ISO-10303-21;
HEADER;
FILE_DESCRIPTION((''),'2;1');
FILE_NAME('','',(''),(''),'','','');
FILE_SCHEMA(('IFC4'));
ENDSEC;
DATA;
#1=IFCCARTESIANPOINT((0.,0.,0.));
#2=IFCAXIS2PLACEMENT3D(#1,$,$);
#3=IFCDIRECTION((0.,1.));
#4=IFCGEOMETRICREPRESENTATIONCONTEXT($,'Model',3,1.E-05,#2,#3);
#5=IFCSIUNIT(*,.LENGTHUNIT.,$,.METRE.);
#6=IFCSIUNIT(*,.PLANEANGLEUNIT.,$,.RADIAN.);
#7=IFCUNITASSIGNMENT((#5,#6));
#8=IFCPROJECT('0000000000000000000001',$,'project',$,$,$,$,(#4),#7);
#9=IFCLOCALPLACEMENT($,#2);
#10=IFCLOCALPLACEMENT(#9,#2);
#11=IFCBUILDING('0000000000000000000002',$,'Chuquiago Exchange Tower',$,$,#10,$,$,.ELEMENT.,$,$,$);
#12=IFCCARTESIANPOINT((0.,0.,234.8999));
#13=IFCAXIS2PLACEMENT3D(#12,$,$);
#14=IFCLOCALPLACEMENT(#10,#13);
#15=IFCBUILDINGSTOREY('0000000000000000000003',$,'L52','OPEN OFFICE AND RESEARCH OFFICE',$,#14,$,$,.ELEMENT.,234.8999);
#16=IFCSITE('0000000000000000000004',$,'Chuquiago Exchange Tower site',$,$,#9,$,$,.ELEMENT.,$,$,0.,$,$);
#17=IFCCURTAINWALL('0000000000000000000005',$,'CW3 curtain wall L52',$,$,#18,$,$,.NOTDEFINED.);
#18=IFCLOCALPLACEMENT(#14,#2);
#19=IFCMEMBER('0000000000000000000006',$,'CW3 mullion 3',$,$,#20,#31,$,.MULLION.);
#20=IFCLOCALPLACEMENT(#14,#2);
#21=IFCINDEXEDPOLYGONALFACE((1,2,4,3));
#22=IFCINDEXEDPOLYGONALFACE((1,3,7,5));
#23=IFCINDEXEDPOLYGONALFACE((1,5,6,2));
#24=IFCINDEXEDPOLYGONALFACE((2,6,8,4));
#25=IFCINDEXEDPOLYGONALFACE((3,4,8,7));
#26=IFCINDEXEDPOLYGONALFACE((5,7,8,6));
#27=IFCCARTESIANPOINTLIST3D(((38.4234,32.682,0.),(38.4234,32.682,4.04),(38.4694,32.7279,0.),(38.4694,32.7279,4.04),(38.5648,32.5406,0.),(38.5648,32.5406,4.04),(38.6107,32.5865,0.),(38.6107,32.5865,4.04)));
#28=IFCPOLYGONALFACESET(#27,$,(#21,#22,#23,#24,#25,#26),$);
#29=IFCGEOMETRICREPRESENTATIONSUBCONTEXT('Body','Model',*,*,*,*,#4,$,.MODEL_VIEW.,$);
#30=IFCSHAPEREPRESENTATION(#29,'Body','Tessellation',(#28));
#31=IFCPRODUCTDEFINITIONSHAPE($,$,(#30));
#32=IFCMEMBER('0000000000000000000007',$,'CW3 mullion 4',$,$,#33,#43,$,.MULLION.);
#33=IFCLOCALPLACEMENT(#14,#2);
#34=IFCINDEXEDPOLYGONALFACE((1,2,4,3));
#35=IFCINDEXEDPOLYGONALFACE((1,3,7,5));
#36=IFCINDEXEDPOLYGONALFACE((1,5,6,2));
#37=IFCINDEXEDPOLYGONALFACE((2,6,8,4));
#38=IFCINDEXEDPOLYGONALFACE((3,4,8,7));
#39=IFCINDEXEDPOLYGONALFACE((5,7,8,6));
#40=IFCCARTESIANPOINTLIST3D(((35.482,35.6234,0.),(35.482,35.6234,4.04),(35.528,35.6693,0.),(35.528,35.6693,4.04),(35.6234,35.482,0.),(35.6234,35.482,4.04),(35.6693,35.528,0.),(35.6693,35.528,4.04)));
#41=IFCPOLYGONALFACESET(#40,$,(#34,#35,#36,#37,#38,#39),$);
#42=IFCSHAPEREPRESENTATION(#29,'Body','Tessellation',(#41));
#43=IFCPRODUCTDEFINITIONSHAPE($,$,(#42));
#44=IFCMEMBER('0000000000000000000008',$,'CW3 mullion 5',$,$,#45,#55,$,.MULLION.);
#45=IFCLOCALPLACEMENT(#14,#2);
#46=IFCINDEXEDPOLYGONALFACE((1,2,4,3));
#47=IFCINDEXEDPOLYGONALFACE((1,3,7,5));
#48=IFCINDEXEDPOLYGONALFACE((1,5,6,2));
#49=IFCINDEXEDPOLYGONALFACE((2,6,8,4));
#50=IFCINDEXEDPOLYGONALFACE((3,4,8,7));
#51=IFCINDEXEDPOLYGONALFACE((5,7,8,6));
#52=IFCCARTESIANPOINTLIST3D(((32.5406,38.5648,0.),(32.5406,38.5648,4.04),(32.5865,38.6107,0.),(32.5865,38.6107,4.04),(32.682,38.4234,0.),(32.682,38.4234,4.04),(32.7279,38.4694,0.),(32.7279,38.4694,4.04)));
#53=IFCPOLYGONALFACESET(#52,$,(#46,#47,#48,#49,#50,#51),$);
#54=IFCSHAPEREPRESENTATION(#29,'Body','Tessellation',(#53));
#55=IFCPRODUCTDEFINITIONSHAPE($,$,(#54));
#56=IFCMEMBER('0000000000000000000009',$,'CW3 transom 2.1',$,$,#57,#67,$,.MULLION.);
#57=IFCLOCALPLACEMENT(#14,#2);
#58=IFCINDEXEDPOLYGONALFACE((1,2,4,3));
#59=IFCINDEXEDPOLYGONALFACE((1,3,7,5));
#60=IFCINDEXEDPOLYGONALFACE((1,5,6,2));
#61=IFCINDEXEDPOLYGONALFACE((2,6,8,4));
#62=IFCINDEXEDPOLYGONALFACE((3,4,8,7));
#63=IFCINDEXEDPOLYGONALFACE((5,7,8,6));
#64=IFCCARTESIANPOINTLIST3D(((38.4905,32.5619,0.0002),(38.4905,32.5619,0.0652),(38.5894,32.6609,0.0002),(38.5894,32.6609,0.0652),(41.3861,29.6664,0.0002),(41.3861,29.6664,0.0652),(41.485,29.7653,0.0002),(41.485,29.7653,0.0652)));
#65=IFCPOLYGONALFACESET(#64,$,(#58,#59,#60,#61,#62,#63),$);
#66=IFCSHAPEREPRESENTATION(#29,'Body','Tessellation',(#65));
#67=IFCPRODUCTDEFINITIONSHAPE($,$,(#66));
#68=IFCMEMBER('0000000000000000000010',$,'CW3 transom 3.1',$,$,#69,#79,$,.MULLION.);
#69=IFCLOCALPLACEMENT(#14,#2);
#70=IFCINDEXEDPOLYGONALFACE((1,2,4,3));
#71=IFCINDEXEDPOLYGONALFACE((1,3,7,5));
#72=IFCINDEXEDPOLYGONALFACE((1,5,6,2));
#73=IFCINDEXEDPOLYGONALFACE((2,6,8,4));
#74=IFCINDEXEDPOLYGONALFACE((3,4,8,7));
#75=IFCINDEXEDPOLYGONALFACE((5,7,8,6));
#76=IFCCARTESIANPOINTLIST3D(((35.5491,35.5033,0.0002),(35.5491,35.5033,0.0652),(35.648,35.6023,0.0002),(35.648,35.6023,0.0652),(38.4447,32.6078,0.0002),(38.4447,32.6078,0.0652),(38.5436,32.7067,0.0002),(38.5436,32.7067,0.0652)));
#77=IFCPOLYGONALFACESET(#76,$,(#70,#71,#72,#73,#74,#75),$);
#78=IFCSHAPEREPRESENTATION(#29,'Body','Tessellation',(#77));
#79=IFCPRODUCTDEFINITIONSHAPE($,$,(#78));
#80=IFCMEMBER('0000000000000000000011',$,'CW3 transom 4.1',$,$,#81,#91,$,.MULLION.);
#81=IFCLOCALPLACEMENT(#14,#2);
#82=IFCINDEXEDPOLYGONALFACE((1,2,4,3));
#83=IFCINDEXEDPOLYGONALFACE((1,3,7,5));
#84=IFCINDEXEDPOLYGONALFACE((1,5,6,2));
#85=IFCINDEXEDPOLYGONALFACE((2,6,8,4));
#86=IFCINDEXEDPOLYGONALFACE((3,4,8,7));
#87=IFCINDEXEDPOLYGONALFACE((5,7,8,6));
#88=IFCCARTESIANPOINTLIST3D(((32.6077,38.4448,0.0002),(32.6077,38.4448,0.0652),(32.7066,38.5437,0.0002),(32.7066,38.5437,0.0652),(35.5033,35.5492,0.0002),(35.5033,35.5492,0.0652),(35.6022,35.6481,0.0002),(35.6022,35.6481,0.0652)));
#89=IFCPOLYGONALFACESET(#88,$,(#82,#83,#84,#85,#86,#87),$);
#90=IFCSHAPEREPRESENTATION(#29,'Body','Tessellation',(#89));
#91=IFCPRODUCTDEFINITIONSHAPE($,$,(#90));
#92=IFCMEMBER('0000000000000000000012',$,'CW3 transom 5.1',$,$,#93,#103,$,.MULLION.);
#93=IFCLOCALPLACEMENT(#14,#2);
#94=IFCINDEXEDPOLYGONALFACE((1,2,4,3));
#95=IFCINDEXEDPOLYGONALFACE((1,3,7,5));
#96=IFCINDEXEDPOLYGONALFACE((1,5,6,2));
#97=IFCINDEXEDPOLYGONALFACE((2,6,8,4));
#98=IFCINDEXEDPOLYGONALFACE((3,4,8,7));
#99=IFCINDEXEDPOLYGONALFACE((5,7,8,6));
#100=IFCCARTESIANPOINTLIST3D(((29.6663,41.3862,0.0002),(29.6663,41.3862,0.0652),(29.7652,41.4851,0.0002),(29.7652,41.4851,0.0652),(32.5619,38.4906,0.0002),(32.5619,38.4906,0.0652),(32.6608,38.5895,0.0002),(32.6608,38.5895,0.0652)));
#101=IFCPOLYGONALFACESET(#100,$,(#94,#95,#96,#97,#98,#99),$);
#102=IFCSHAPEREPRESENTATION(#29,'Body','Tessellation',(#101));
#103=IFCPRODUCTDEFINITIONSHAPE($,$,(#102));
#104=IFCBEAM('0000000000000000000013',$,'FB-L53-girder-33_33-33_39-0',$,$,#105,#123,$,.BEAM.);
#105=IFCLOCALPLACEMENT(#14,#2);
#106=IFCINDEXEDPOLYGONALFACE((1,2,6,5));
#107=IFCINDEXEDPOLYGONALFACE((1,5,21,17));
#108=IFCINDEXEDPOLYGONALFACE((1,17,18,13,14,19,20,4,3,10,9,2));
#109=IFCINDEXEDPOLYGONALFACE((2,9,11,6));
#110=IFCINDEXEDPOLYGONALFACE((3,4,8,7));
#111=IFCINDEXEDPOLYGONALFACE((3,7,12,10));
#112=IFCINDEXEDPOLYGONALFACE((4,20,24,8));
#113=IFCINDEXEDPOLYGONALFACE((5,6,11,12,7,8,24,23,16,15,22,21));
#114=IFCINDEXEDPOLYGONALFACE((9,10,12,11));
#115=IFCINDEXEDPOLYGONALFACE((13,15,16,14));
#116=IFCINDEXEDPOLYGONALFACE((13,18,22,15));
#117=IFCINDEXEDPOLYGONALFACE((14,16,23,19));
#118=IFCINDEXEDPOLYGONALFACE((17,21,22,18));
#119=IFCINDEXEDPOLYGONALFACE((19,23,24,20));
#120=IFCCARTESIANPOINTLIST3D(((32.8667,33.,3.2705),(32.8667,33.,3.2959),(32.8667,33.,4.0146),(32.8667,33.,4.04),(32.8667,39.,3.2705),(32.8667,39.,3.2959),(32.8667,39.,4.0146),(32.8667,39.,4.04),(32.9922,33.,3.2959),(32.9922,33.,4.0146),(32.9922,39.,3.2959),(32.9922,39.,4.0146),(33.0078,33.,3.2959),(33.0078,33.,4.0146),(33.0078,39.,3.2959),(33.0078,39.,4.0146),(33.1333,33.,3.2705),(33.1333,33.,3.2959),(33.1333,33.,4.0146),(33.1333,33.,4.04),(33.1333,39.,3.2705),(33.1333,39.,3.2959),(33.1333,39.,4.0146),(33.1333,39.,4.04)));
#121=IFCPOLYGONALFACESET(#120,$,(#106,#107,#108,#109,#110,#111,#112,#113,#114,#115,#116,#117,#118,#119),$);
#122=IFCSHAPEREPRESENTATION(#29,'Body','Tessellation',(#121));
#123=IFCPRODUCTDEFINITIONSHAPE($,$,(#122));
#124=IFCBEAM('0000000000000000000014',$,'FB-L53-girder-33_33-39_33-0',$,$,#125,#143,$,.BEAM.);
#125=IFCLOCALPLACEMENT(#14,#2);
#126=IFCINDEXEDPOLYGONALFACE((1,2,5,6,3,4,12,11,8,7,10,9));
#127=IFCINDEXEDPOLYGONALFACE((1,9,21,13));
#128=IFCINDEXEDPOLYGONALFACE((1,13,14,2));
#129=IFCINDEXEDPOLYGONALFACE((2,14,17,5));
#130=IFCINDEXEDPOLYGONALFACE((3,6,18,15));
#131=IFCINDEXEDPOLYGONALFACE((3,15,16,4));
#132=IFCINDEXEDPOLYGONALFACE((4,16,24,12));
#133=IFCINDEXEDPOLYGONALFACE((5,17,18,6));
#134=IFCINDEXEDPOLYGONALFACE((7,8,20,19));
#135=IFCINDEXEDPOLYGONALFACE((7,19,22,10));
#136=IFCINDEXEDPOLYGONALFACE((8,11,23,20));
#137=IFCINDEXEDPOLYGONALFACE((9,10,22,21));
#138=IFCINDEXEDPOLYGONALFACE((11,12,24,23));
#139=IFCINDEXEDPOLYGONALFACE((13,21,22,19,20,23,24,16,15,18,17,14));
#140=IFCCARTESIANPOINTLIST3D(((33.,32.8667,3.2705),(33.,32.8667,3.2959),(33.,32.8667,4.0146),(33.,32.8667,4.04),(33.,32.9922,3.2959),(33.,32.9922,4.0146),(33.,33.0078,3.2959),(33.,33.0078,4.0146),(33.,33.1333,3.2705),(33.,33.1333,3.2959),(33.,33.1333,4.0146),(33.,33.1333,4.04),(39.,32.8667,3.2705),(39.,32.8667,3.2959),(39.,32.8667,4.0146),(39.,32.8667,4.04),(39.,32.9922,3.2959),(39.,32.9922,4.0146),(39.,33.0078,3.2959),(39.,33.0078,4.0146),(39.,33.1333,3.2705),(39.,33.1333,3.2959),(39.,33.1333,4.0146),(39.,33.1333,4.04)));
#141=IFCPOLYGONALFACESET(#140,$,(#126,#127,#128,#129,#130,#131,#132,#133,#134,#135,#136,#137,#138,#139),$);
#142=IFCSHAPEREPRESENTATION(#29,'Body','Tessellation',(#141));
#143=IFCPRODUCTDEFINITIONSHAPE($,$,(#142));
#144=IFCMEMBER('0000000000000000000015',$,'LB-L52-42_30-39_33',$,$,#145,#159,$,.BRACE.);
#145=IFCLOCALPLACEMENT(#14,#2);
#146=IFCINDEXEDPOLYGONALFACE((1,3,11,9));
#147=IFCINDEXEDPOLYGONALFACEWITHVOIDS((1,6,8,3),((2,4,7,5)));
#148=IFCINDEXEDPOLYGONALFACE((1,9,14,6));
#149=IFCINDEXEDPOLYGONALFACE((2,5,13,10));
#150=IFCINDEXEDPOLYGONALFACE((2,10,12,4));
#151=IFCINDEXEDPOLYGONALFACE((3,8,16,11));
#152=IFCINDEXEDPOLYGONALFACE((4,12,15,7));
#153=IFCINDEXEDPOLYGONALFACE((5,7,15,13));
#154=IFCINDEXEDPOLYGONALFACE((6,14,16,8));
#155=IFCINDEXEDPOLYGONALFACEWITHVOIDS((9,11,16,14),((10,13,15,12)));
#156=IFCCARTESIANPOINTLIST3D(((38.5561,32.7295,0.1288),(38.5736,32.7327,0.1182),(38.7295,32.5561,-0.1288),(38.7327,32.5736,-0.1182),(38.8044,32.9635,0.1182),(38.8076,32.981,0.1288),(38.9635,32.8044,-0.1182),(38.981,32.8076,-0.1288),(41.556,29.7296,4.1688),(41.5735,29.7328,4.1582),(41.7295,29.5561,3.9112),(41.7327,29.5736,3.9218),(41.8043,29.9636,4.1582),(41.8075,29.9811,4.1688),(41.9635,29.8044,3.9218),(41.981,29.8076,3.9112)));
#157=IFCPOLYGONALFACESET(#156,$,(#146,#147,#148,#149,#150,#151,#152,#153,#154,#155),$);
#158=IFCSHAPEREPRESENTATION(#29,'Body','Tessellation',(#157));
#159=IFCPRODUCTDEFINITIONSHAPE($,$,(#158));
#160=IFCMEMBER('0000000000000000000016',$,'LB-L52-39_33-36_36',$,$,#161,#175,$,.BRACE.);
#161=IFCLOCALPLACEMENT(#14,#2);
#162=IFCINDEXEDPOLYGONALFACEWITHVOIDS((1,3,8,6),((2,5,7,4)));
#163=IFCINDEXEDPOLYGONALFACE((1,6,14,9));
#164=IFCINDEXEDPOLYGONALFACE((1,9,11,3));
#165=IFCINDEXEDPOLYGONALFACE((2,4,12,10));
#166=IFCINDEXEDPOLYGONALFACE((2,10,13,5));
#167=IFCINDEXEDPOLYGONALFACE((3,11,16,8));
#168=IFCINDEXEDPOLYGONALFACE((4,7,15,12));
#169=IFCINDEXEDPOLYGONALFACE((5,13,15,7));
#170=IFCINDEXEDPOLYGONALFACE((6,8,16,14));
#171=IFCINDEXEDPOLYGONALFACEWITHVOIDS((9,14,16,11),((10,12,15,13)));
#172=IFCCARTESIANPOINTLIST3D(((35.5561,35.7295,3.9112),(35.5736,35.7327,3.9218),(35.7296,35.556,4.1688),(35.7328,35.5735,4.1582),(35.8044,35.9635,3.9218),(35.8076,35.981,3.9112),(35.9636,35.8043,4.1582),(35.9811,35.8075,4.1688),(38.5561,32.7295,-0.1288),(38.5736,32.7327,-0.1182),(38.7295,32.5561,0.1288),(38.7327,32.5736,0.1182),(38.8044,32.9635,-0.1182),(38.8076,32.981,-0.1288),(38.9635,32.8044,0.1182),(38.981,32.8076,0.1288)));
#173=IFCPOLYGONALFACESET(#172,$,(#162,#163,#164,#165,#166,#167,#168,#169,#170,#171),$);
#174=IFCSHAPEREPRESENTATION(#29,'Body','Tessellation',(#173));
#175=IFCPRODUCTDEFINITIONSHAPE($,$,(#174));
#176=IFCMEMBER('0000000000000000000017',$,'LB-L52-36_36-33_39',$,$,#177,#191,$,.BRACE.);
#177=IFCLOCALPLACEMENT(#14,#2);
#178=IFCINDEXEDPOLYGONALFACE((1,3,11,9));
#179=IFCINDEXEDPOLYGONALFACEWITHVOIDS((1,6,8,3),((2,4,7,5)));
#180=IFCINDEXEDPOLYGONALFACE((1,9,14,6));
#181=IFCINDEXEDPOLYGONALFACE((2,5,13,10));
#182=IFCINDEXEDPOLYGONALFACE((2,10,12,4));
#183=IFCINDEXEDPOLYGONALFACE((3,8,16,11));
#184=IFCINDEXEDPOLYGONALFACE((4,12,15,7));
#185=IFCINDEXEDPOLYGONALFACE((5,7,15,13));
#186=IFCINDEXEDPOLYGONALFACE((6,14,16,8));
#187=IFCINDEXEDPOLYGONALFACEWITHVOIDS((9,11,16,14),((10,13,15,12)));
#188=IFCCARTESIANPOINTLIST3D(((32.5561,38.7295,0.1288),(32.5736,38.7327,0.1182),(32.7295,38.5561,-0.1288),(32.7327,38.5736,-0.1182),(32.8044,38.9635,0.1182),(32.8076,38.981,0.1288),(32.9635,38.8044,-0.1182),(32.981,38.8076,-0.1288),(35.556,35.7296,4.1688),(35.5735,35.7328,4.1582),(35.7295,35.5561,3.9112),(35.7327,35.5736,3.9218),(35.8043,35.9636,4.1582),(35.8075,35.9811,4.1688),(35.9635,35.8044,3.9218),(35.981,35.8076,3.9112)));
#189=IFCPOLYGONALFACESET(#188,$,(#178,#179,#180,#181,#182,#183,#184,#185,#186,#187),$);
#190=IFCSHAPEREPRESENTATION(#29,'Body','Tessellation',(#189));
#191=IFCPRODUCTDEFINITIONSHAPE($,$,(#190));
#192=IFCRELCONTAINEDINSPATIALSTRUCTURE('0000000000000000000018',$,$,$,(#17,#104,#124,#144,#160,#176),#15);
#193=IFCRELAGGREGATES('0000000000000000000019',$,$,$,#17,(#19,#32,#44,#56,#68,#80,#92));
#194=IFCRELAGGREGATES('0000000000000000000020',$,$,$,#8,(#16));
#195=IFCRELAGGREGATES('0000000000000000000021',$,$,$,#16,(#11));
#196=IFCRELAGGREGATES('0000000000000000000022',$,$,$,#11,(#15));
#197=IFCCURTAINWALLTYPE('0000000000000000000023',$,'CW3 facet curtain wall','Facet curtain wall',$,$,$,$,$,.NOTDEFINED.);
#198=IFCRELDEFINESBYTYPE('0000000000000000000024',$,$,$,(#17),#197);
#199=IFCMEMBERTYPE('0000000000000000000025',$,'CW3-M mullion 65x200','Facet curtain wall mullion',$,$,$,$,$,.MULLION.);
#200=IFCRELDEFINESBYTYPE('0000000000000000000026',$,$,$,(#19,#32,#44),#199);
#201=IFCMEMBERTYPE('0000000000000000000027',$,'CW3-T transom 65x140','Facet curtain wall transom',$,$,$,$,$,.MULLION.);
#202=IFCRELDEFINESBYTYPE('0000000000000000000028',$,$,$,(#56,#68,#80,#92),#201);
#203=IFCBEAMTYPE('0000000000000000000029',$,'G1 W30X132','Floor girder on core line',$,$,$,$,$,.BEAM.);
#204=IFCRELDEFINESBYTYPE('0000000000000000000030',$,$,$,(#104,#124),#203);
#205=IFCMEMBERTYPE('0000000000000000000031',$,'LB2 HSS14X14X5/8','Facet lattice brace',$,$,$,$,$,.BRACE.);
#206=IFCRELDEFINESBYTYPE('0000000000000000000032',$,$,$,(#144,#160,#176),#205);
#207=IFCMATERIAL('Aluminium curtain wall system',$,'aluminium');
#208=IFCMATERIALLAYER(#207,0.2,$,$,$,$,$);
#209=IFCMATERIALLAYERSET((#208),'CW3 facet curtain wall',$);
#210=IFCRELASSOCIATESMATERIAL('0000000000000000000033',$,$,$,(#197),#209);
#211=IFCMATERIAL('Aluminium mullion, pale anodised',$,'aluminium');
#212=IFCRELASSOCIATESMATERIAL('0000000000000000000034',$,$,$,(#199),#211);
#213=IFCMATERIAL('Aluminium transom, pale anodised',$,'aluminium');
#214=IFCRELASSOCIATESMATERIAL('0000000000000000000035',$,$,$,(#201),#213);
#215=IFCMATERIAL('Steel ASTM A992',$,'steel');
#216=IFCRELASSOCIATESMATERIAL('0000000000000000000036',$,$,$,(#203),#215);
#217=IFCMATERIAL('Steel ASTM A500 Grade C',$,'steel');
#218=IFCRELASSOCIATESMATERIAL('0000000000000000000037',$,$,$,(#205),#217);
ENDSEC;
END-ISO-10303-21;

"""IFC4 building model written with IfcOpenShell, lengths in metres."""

from ifc_helpers import new_model, si_unit, direction, frame, origin, origin_2d, place, context, subcontext, project, spatial, rectangle, hollow_rectangle, i_section, extrude, material, layer, layer_set, material_profile, profile_set, type_object, element, aggregate, save


model = new_model("IFC4")

# Units and contexts
model_context = context("Model", 3, precision=1e-05, world=origin(), true_north=direction((0.0, 1.0)))
body_context = subcontext(model_context, "Body", "Model", "MODEL_VIEW")
ifc_project = project(units=[si_unit("LENGTHUNIT", "METRE"), si_unit("PLANEANGLEUNIT", "RADIAN")], contexts=[model_context])

# Site, building, storey
site_placement = place(None, origin())
site = spatial("IfcSite", under=ifc_project, at=site_placement, Name="Chuquiago Exchange Tower site", CompositionType="ELEMENT", RefElevation=0.0)
building_placement = place(site_placement, origin())
building = spatial("IfcBuilding", under=site, at=building_placement, Name="Chuquiago Exchange Tower", CompositionType="ELEMENT")
storey_placement = place(building_placement, frame((0.0, 0.0, 234.8999)))
storey = spatial("IfcBuildingStorey", under=building, at=storey_placement, Name="L52", Description="OPEN OFFICE AND RESEARCH OFFICE", CompositionType="ELEMENT", Elevation=234.8999)

# Curtain wall, members
ifc_material_1 = material(Name="Aluminium curtain wall system", Category="aluminium")
ifc_layer_1 = layer(ifc_material_1, 0.2)
ifc_layer_set_1 = layer_set([ifc_layer_1], Name="CW3 facet curtain wall")
curtain_wall_type = type_object("IfcCurtainWallType", Name="CW3 facet curtain wall", Description="Facet curtain wall", PredefinedType="NOTDEFINED", material=ifc_layer_set_1)
curtain_wall_placement = place(storey_placement, origin())
curtain_wall = element("IfcCurtainWall", 1, at=curtain_wall_placement, inside=storey, type_object=curtain_wall_type, Name="CW3 curtain wall L52", PredefinedType="NOTDEFINED")
ifc_material_2 = material(Name="Aluminium mullion, pale anodised", Category="aluminium")
ifc_material_profile_1 = material_profile(ifc_material_2, rectangle(XDim=0.0649, YDim=0.2, at=origin_2d()), Name="AL 65x200")
ifc_profile_set_1 = profile_set([ifc_material_profile_1], Name="Aluminium mullion, pale anodised")
member_type_1 = type_object("IfcMemberType", Name="CW3-M mullion 65x200", Description="Facet curtain wall mullion", PredefinedType="MULLION", material=ifc_profile_set_1)
member_1_placement = place(storey_placement, frame((38.5171, 32.6343, 0.0), z_axis=(0.0, 0.0, 1.0), x_axis=(-0.707107, -0.707107, 0.0)))
member_1 = element("IfcMember", 2, at=member_1_placement, type_object=member_type_1, Name="CW3 mullion 3", PredefinedType="MULLION", context=body_context, shape_type="SweptSolid", body=[
    extrude(rectangle(XDim=0.0649, YDim=0.2, at=origin_2d()), origin(), (0.0, 0.0, 1.0), 4.04),
])
member_2_placement = place(storey_placement, frame((35.5757, 35.5757, 0.0), z_axis=(0.0, 0.0, 1.0), x_axis=(-0.707107, -0.707107, 0.0)))
member_2 = element("IfcMember", 3, at=member_2_placement, type_object=member_type_1, Name="CW3 mullion 4", PredefinedType="MULLION", context=body_context, shape_type="SweptSolid", body=[
    extrude(rectangle(XDim=0.0649, YDim=0.2, at=origin_2d()), origin(), (0.0, 0.0, 1.0), 4.04),
])
member_3_placement = place(storey_placement, frame((32.6343, 38.5171, 0.0), z_axis=(0.0, 0.0, 1.0), x_axis=(-0.707107, -0.707107, 0.0)))
member_3 = element("IfcMember", 4, at=member_3_placement, type_object=member_type_1, Name="CW3 mullion 5", PredefinedType="MULLION", context=body_context, shape_type="SweptSolid", body=[
    extrude(rectangle(XDim=0.0649, YDim=0.2, at=origin_2d()), origin(), (0.0, 0.0, 1.0), 4.04),
])
ifc_material_3 = material(Name="Aluminium transom, pale anodised", Category="aluminium")
ifc_material_profile_2 = material_profile(ifc_material_3, rectangle(XDim=0.1399, YDim=0.0649, at=origin_2d()), Name="AL 140x65")
ifc_profile_set_2 = profile_set([ifc_material_profile_2], Name="Aluminium transom, pale anodised")
member_type_2 = type_object("IfcMemberType", Name="CW3-T transom 65x140", Description="Facet curtain wall transom", PredefinedType="MULLION", material=ifc_profile_set_2)
member_4_placement = place(storey_placement, frame((41.4355, 29.7158, 0.0327), z_axis=(-0.707107, 0.707107, 0.0), x_axis=(-0.707107, -0.707107, 0.0)))
member_4 = element("IfcMember", 5, at=member_4_placement, type_object=member_type_2, Name="CW3 transom 2.1", PredefinedType="MULLION", context=body_context, shape_type="SweptSolid", body=[
    extrude(rectangle(XDim=0.1399, YDim=0.0649, at=origin_2d()), origin(), (0.0, 0.0, 1.0), 4.095),
])
member_5_placement = place(storey_placement, frame((38.4941, 32.6572, 0.0327), z_axis=(-0.707107, 0.707107, 0.0), x_axis=(-0.707107, -0.707107, 0.0)))
member_5 = element("IfcMember", 6, at=member_5_placement, type_object=member_type_2, Name="CW3 transom 3.1", PredefinedType="MULLION", context=body_context, shape_type="SweptSolid", body=[
    extrude(rectangle(XDim=0.1399, YDim=0.0649, at=origin_2d()), origin(), (0.0, 0.0, 1.0), 4.095),
])
member_6_placement = place(storey_placement, frame((35.5527, 35.5986, 0.0327), z_axis=(-0.707107, 0.707107, 0.0), x_axis=(-0.707107, -0.707107, 0.0)))
member_6 = element("IfcMember", 7, at=member_6_placement, type_object=member_type_2, Name="CW3 transom 4.1", PredefinedType="MULLION", context=body_context, shape_type="SweptSolid", body=[
    extrude(rectangle(XDim=0.1399, YDim=0.0649, at=origin_2d()), origin(), (0.0, 0.0, 1.0), 4.095),
])
member_7_placement = place(storey_placement, frame((32.6113, 38.54, 0.0327), z_axis=(-0.707107, 0.707107, 0.0), x_axis=(-0.707107, -0.707107, 0.0)))
member_7 = element("IfcMember", 8, at=member_7_placement, type_object=member_type_2, Name="CW3 transom 5.1", PredefinedType="MULLION", context=body_context, shape_type="SweptSolid", body=[
    extrude(rectangle(XDim=0.1399, YDim=0.0649, at=origin_2d()), origin(), (0.0, 0.0, 1.0), 4.095),
])

# Beams
ifc_material_4 = material(Name="Steel ASTM A992", Category="steel")
ifc_material_profile_3 = material_profile(ifc_material_4, i_section(OverallWidth=0.2666, OverallDepth=0.7695, WebThickness=0.0156, FlangeThickness=0.0254, at=origin_2d()), Name="W30X132")
ifc_profile_set_3 = profile_set([ifc_material_profile_3], Name="Steel ASTM A992")
beam_type_1 = type_object("IfcBeamType", Name="G1 W30X132", Description="Floor girder on core line", PredefinedType="BEAM", material=ifc_profile_set_3)
for number, where, z_axis, x_axis, name in (
    (9, (33.0, 33.0, 3.6553), (0.0, 1.0, 0.0), (-1.0, 0.0, 0.0), "FB-L53-girder-33_33-33_39-0"),
    (10, (33.0, 33.0, 3.6553), (1.0, 0.0, 0.0), (0.0, 1.0, 0.0), "FB-L53-girder-33_33-39_33-0"),
):
    element("IfcBeam", number, at=place(storey_placement, frame(where, z_axis=z_axis, x_axis=x_axis)), inside=storey, type_object=beam_type_1, Name=name, PredefinedType="BEAM", context=body_context, shape_type="SweptSolid", body=[
        extrude(i_section(OverallWidth=0.2666, OverallDepth=0.7695, WebThickness=0.0156, FlangeThickness=0.0254, at=origin_2d()), origin(), (0.0, 0.0, 1.0), 6.0),
    ])

# Members
ifc_material_5 = material(Name="Steel ASTM A500 Grade C", Category="steel")
ifc_material_profile_4 = material_profile(ifc_material_5, hollow_rectangle(XDim=0.3557, YDim=0.3557, WallThickness=0.0146, at=origin_2d()), Name="HSS14X14X5/8")
ifc_profile_set_4 = profile_set([ifc_material_profile_4], Name="Steel ASTM A500 Grade C")
member_type_3 = type_object("IfcMemberType", Name="LB2 HSS14X14X5/8", Description="Facet lattice brace", PredefinedType="BRACE", material=ifc_profile_set_4)
for number, where, z_axis, x_axis, name in (
    (11, (38.7686, 32.7686, 0.0), (0.512077, -0.512077, 0.689604), (0.707107, 0.707107, 0.0), "LB-L52-42_30-39_33"),
    (12, (38.7686, 32.7686, 0.0), (-0.512077, 0.512077, 0.689604), (-0.707107, -0.707107, 0.0), "LB-L52-39_33-36_36"),
    (13, (32.7686, 38.7686, 0.0), (0.512077, -0.512077, 0.689604), (0.707107, 0.707107, 0.0), "LB-L52-36_36-33_39"),
):
    element("IfcMember", number, at=place(storey_placement, frame(where, z_axis=z_axis, x_axis=x_axis)), inside=storey, type_object=member_type_3, Name=name, PredefinedType="BRACE", context=body_context, shape_type="SweptSolid", body=[
        extrude(hollow_rectangle(XDim=0.3557, YDim=0.3557, WallThickness=0.0146, at=origin_2d()), origin(), (0.0, 0.0, 1.0), 5.8584),
    ])

aggregate(curtain_wall, [member_1, member_2, member_3, member_4, member_5, member_6, member_7])

save(model, "model.ifc")
